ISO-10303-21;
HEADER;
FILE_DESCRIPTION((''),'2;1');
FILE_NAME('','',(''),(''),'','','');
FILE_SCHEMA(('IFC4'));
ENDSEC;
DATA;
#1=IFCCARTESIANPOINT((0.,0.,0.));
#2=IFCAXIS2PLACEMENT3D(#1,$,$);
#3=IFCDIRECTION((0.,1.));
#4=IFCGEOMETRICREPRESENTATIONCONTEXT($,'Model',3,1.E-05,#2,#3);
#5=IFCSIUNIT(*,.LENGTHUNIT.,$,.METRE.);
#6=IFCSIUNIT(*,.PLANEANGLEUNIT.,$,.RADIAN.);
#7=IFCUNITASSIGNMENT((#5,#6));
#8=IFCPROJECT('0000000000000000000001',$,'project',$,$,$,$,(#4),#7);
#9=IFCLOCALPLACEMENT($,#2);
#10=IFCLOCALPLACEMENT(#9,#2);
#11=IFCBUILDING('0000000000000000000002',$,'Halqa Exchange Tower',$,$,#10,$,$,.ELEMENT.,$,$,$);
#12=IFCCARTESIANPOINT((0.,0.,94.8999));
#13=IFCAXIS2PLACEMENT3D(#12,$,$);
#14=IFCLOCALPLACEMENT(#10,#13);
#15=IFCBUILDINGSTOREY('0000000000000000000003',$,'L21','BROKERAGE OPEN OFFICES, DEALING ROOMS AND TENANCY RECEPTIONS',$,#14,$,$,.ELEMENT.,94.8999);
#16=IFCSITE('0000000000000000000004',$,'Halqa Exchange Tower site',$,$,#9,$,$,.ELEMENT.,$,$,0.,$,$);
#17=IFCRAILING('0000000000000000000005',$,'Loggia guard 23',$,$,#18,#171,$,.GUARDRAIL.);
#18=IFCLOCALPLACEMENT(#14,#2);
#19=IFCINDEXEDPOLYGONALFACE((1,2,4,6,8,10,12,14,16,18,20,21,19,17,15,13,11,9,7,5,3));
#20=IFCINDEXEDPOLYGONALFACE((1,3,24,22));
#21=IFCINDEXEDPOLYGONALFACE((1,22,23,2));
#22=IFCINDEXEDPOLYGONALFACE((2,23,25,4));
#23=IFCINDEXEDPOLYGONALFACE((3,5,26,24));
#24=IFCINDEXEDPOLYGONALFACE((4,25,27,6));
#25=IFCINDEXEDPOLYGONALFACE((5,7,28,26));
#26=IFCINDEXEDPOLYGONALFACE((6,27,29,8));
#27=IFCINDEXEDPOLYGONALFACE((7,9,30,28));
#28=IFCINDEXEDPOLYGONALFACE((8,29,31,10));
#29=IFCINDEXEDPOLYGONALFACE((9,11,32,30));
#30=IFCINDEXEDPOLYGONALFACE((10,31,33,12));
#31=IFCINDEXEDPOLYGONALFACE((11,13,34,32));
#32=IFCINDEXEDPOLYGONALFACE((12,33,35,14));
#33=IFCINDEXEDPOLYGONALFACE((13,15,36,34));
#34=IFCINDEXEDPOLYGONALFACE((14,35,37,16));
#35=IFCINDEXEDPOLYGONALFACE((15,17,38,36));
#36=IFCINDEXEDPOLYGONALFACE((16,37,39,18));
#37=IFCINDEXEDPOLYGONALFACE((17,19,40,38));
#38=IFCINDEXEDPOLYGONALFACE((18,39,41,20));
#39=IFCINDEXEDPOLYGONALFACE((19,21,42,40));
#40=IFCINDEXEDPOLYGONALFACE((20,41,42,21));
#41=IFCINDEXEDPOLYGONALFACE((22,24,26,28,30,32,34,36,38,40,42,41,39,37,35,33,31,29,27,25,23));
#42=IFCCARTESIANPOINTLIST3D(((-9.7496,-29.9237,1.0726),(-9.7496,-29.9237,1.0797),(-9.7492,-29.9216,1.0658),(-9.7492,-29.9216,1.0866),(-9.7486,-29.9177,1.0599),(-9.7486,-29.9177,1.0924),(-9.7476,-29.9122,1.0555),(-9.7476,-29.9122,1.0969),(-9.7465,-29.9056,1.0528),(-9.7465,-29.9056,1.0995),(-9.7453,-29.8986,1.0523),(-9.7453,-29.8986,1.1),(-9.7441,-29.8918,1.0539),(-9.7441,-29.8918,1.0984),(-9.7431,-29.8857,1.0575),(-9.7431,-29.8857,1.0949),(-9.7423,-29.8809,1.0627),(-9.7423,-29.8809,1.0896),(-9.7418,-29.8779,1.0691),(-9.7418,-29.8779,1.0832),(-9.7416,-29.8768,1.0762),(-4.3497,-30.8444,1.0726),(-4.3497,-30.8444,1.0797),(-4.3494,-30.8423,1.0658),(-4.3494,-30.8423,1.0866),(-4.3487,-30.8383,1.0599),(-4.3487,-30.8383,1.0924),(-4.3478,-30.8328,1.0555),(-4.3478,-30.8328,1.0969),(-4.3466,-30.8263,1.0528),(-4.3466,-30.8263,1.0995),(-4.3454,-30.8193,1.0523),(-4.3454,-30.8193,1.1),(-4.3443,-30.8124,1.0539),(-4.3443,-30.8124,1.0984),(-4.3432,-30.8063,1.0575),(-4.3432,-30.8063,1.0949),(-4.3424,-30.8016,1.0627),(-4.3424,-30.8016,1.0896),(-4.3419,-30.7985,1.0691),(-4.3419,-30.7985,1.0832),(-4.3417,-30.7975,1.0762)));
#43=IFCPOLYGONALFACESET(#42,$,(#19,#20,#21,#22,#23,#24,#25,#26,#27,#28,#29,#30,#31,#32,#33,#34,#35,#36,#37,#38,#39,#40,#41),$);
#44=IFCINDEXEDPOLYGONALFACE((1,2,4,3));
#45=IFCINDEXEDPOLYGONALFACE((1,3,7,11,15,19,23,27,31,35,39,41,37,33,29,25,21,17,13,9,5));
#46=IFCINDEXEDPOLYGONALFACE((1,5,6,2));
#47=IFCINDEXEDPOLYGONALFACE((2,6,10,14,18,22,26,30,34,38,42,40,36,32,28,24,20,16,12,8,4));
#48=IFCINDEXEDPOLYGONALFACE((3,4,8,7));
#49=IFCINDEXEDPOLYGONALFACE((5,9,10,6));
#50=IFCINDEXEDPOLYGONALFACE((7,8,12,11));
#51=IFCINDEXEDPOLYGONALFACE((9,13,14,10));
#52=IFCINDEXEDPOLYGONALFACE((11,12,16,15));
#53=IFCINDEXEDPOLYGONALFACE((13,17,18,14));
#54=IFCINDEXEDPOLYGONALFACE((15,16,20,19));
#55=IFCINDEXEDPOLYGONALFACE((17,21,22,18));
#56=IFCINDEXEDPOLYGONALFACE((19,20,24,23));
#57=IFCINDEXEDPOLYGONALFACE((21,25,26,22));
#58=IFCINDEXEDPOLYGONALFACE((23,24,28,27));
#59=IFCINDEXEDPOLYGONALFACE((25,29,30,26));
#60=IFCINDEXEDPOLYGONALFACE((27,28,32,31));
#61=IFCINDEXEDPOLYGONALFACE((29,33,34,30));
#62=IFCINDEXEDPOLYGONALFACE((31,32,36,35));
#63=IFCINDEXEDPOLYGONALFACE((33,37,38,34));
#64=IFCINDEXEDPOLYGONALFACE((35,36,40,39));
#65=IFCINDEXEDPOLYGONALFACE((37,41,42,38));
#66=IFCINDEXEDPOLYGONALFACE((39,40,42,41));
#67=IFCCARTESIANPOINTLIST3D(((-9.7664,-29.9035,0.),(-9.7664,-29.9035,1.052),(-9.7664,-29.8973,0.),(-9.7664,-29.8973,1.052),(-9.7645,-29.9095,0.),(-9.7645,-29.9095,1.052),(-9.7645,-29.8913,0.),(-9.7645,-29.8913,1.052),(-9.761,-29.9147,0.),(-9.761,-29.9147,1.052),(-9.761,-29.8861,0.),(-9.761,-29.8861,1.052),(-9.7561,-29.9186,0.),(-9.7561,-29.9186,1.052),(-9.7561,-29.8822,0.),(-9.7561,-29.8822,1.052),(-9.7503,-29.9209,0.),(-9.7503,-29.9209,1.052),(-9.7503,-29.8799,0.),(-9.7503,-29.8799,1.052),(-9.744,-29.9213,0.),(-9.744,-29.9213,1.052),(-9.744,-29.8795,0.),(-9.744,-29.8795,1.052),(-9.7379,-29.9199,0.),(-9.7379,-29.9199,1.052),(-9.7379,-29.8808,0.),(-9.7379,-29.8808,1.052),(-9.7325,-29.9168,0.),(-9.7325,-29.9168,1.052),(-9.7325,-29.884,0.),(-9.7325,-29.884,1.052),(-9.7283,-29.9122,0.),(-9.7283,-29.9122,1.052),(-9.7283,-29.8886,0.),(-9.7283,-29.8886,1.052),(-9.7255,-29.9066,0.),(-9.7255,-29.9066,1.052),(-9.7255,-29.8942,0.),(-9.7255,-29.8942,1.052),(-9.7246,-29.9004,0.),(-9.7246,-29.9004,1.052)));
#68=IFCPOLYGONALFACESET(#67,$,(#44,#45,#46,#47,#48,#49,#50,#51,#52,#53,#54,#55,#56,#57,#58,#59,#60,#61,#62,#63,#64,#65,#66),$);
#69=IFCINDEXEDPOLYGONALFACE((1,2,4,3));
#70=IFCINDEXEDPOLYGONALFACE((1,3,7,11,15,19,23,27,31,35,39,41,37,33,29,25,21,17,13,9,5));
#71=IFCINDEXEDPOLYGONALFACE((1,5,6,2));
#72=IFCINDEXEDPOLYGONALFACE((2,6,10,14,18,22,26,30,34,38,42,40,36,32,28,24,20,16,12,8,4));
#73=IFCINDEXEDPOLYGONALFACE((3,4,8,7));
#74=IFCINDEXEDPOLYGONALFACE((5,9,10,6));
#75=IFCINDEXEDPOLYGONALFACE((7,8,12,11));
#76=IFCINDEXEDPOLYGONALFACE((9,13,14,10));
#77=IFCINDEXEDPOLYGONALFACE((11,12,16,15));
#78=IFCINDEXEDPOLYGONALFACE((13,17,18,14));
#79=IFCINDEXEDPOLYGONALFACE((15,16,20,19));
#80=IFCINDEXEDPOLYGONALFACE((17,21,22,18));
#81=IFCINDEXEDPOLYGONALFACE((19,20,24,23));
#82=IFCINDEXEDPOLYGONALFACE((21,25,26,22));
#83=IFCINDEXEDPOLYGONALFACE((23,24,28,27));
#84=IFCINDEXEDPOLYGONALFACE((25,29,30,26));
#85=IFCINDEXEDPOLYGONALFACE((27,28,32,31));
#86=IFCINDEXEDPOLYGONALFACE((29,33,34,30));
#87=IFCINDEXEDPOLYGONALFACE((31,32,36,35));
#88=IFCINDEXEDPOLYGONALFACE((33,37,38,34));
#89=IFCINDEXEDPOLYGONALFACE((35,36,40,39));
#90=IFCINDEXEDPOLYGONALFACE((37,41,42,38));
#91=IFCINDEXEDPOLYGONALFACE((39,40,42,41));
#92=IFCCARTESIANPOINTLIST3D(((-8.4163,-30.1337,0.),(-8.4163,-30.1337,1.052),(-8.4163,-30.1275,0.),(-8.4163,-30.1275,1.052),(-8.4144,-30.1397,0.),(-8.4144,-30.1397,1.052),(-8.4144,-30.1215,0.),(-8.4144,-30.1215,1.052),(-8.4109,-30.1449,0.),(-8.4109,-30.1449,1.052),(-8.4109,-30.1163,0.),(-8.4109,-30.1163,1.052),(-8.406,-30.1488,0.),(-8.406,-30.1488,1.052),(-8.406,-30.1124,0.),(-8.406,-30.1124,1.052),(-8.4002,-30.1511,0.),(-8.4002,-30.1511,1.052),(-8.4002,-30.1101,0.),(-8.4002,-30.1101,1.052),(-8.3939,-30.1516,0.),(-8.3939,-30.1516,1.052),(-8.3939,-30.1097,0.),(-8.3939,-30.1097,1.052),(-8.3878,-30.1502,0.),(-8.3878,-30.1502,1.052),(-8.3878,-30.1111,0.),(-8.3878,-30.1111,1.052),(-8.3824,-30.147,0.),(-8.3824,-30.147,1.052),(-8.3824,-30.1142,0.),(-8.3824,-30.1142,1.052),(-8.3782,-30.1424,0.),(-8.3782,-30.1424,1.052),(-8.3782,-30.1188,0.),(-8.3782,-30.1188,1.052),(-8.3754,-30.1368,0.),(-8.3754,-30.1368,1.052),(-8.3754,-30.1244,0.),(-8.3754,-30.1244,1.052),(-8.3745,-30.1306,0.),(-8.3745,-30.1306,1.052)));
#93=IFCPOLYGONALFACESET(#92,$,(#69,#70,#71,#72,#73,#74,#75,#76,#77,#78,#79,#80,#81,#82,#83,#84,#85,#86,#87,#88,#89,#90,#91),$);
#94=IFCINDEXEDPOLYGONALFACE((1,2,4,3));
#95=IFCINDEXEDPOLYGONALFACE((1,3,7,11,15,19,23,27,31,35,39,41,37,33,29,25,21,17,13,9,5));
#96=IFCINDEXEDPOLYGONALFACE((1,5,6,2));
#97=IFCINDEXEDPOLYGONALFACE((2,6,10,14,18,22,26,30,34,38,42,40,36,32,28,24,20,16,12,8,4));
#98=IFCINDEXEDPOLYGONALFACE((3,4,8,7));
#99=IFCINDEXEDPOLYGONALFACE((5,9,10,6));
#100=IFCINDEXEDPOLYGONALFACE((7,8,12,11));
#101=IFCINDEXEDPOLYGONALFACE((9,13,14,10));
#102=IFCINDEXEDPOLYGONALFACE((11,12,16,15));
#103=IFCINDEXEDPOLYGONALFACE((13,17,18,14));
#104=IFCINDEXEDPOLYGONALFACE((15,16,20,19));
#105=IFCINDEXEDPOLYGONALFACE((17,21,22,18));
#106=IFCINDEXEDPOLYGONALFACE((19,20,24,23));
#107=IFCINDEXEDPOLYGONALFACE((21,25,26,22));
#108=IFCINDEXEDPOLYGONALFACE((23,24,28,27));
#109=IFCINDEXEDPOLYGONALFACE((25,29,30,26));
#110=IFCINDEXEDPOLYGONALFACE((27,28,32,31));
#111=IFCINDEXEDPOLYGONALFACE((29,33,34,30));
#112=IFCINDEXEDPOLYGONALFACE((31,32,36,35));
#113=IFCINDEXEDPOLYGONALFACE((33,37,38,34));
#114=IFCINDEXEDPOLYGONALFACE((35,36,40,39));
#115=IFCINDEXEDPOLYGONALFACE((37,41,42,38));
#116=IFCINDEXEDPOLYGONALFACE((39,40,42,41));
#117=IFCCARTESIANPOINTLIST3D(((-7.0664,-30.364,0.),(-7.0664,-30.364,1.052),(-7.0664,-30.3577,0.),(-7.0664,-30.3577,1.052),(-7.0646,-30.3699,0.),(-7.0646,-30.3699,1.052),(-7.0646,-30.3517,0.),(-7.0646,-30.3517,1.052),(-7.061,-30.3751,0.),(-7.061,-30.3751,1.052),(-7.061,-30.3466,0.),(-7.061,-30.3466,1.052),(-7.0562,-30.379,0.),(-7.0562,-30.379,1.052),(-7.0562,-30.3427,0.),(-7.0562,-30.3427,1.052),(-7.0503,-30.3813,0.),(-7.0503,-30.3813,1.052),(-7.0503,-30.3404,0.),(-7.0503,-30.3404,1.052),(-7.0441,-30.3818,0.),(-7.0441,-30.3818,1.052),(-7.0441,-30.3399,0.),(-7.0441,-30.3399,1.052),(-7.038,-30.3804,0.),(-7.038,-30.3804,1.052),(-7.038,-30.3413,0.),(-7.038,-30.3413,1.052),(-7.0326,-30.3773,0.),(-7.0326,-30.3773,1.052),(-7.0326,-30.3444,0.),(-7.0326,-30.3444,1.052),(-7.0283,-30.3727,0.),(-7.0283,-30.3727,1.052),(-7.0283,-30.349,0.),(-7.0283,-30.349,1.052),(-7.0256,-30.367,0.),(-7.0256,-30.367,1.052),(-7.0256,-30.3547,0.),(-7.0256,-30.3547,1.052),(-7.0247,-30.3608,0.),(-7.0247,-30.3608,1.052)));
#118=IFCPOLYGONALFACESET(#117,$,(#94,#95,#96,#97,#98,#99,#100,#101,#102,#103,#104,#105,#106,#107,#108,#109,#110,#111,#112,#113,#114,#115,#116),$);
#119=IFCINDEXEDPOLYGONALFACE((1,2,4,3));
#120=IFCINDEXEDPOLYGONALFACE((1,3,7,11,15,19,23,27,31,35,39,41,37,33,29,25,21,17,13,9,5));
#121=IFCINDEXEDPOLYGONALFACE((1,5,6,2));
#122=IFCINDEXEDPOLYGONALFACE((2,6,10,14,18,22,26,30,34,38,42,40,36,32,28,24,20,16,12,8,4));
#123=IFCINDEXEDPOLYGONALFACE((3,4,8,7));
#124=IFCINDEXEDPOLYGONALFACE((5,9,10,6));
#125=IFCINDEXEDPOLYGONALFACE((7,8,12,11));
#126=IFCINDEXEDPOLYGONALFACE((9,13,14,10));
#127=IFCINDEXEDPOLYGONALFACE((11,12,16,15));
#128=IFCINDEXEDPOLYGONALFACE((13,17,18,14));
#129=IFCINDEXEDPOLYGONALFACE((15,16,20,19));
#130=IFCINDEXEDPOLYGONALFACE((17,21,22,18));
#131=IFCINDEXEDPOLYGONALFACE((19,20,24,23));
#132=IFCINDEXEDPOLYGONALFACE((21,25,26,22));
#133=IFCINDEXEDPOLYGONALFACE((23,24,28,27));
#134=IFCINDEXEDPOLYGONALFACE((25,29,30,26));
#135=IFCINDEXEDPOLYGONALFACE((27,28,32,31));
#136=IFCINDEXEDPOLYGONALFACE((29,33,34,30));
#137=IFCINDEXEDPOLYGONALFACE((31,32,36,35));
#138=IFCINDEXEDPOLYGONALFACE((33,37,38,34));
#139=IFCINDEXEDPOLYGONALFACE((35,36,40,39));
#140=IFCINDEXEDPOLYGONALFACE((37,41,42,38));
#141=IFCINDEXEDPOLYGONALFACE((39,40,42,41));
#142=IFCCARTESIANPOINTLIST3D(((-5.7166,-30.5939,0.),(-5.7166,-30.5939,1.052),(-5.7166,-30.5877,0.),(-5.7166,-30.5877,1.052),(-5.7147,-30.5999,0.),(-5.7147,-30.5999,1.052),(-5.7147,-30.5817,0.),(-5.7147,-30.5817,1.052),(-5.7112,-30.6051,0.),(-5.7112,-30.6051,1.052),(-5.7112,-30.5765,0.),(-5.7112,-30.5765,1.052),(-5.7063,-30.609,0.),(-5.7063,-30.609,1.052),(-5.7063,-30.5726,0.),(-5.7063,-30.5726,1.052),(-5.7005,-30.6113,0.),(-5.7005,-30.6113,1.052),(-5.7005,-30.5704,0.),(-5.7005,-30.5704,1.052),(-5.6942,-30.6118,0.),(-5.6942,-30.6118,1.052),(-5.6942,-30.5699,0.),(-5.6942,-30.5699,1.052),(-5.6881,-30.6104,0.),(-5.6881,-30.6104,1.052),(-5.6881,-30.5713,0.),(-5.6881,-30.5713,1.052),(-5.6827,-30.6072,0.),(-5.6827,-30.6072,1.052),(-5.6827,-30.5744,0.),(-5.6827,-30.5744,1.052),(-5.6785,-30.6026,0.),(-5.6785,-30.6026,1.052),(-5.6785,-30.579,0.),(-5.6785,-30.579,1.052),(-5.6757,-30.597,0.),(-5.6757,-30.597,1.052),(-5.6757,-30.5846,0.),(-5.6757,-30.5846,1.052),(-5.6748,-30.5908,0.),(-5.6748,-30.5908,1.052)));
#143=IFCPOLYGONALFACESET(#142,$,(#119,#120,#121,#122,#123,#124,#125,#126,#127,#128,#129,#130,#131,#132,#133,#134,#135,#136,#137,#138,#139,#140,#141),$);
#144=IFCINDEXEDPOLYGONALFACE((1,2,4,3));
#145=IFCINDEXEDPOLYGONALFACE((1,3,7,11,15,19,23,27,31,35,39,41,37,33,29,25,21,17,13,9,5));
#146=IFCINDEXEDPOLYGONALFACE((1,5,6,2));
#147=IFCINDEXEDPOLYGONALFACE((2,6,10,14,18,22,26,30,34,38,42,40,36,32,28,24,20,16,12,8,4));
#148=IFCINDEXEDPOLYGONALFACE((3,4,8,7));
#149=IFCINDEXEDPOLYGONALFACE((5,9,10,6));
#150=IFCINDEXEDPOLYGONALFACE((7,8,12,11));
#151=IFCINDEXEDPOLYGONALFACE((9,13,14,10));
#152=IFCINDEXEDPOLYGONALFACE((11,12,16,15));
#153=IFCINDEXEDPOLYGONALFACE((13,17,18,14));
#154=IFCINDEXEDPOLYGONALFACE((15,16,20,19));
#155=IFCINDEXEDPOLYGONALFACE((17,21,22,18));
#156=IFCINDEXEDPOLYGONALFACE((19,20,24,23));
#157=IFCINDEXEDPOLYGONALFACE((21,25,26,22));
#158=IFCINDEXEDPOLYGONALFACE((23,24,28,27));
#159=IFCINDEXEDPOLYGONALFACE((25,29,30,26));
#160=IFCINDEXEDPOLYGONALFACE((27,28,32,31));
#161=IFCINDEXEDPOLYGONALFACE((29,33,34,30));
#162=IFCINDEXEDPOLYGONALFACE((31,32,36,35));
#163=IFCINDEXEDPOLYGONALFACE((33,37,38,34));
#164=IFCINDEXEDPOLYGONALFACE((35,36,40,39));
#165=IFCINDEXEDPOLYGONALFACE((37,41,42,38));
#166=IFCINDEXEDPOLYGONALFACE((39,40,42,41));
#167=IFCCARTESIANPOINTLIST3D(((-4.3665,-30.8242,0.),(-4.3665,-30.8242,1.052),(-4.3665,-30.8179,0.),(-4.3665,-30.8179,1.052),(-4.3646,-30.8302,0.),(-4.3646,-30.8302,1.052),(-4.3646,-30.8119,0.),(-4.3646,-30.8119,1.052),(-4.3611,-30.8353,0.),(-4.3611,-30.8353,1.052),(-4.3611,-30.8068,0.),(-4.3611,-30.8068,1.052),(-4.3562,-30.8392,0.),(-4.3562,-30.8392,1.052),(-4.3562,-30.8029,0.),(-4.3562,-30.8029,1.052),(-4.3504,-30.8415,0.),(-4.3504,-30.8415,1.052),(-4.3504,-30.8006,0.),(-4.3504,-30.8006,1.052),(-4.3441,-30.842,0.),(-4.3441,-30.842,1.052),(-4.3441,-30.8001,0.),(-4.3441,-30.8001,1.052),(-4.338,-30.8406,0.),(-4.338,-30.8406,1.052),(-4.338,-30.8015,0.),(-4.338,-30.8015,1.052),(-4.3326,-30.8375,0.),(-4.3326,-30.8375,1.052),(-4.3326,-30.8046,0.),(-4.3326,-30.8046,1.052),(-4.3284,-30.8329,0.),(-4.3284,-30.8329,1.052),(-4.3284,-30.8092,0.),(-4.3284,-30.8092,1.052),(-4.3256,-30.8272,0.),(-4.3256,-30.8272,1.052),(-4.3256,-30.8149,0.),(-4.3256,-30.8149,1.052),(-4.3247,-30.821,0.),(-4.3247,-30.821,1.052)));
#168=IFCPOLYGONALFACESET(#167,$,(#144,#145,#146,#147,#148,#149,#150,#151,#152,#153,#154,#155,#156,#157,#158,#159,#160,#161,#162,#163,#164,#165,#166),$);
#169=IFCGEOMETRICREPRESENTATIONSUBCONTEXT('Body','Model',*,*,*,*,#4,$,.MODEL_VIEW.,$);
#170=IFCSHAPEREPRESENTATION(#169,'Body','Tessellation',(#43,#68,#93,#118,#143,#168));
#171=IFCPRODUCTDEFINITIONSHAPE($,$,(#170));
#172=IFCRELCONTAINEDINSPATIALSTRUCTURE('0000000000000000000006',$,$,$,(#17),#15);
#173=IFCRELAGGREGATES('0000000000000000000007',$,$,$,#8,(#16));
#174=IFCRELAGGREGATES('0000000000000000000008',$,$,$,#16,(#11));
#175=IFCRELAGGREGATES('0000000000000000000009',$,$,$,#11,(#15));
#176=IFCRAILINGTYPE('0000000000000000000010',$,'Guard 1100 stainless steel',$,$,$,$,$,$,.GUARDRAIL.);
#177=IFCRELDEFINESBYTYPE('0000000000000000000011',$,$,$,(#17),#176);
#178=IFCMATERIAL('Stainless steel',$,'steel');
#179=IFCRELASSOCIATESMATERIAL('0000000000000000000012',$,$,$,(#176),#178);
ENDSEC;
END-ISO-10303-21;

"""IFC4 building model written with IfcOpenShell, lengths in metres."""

from ifc_helpers import new_model, si_unit, direction, frame, origin, origin_2d, place, context, subcontext, project, spatial, circle, extrude, material, type_object, element, save


model = new_model("IFC4")

# Units and contexts
model_context = context("Model", 3, precision=1e-05, world=origin(), true_north=direction((0.0, 1.0)))
body_context = subcontext(model_context, "Body", "Model", "MODEL_VIEW")
ifc_project = project(units=[si_unit("LENGTHUNIT", "METRE"), si_unit("PLANEANGLEUNIT", "RADIAN")], contexts=[model_context])

# Site, building, storey
site_placement = place(None, origin())
site = spatial("IfcSite", under=ifc_project, at=site_placement, Name="Halqa Exchange Tower site", CompositionType="ELEMENT", RefElevation=0.0)
building_placement = place(site_placement, origin())
building = spatial("IfcBuilding", under=site, at=building_placement, Name="Halqa Exchange Tower", CompositionType="ELEMENT")
storey_placement = place(building_placement, frame((0.0, 0.0, 94.8999)))
storey = spatial("IfcBuildingStorey", under=building, at=storey_placement, Name="L21", Description="BROKERAGE OPEN OFFICES, DEALING ROOMS AND TENANCY RECEPTIONS", CompositionType="ELEMENT", Elevation=94.8999)

# Railing
ifc_material_1 = material(Name="Stainless steel", Category="steel")
railing_type = type_object("IfcRailingType", Name="Guard 1100 stainless steel", PredefinedType="GUARDRAIL", material=ifc_material_1)
railing_1_placement = place(storey_placement, frame((-9.7456, -29.9004, 0.0)))
element("IfcRailing", 1, at=railing_1_placement, inside=storey, type_object=railing_type, Name="Loggia guard 23", PredefinedType="GUARDRAIL", context=body_context, shape_type="SweptSolid", body=[
    extrude(circle(Radius=0.0239, at=origin_2d()), frame((0.0, 0.0, 1.0762), z_axis=(0.985775, -0.168069, 0.0), x_axis=(0.168069, 0.985775, 0.0)), (0.0, 0.0, 1.0), 5.4778),
    extrude(circle(Radius=0.021, at=origin_2d()), origin(), (0.0, 0.0, 1.0), 1.052),
    extrude(circle(Radius=0.021, at=origin_2d()), frame((1.3501, -0.2302, 0.0)), (0.0, 0.0, 1.0), 1.052),
    extrude(circle(Radius=0.021, at=origin_2d()), frame((2.7, -0.4604, 0.0)), (0.0, 0.0, 1.0), 1.052),
    extrude(circle(Radius=0.021, at=origin_2d()), frame((4.0498, -0.6904, 0.0)), (0.0, 0.0, 1.0), 1.052),
    extrude(circle(Radius=0.021, at=origin_2d()), frame((5.3999, -0.9207, 0.0)), (0.0, 0.0, 1.0), 1.052),
])

save(model, "model.ifc")
